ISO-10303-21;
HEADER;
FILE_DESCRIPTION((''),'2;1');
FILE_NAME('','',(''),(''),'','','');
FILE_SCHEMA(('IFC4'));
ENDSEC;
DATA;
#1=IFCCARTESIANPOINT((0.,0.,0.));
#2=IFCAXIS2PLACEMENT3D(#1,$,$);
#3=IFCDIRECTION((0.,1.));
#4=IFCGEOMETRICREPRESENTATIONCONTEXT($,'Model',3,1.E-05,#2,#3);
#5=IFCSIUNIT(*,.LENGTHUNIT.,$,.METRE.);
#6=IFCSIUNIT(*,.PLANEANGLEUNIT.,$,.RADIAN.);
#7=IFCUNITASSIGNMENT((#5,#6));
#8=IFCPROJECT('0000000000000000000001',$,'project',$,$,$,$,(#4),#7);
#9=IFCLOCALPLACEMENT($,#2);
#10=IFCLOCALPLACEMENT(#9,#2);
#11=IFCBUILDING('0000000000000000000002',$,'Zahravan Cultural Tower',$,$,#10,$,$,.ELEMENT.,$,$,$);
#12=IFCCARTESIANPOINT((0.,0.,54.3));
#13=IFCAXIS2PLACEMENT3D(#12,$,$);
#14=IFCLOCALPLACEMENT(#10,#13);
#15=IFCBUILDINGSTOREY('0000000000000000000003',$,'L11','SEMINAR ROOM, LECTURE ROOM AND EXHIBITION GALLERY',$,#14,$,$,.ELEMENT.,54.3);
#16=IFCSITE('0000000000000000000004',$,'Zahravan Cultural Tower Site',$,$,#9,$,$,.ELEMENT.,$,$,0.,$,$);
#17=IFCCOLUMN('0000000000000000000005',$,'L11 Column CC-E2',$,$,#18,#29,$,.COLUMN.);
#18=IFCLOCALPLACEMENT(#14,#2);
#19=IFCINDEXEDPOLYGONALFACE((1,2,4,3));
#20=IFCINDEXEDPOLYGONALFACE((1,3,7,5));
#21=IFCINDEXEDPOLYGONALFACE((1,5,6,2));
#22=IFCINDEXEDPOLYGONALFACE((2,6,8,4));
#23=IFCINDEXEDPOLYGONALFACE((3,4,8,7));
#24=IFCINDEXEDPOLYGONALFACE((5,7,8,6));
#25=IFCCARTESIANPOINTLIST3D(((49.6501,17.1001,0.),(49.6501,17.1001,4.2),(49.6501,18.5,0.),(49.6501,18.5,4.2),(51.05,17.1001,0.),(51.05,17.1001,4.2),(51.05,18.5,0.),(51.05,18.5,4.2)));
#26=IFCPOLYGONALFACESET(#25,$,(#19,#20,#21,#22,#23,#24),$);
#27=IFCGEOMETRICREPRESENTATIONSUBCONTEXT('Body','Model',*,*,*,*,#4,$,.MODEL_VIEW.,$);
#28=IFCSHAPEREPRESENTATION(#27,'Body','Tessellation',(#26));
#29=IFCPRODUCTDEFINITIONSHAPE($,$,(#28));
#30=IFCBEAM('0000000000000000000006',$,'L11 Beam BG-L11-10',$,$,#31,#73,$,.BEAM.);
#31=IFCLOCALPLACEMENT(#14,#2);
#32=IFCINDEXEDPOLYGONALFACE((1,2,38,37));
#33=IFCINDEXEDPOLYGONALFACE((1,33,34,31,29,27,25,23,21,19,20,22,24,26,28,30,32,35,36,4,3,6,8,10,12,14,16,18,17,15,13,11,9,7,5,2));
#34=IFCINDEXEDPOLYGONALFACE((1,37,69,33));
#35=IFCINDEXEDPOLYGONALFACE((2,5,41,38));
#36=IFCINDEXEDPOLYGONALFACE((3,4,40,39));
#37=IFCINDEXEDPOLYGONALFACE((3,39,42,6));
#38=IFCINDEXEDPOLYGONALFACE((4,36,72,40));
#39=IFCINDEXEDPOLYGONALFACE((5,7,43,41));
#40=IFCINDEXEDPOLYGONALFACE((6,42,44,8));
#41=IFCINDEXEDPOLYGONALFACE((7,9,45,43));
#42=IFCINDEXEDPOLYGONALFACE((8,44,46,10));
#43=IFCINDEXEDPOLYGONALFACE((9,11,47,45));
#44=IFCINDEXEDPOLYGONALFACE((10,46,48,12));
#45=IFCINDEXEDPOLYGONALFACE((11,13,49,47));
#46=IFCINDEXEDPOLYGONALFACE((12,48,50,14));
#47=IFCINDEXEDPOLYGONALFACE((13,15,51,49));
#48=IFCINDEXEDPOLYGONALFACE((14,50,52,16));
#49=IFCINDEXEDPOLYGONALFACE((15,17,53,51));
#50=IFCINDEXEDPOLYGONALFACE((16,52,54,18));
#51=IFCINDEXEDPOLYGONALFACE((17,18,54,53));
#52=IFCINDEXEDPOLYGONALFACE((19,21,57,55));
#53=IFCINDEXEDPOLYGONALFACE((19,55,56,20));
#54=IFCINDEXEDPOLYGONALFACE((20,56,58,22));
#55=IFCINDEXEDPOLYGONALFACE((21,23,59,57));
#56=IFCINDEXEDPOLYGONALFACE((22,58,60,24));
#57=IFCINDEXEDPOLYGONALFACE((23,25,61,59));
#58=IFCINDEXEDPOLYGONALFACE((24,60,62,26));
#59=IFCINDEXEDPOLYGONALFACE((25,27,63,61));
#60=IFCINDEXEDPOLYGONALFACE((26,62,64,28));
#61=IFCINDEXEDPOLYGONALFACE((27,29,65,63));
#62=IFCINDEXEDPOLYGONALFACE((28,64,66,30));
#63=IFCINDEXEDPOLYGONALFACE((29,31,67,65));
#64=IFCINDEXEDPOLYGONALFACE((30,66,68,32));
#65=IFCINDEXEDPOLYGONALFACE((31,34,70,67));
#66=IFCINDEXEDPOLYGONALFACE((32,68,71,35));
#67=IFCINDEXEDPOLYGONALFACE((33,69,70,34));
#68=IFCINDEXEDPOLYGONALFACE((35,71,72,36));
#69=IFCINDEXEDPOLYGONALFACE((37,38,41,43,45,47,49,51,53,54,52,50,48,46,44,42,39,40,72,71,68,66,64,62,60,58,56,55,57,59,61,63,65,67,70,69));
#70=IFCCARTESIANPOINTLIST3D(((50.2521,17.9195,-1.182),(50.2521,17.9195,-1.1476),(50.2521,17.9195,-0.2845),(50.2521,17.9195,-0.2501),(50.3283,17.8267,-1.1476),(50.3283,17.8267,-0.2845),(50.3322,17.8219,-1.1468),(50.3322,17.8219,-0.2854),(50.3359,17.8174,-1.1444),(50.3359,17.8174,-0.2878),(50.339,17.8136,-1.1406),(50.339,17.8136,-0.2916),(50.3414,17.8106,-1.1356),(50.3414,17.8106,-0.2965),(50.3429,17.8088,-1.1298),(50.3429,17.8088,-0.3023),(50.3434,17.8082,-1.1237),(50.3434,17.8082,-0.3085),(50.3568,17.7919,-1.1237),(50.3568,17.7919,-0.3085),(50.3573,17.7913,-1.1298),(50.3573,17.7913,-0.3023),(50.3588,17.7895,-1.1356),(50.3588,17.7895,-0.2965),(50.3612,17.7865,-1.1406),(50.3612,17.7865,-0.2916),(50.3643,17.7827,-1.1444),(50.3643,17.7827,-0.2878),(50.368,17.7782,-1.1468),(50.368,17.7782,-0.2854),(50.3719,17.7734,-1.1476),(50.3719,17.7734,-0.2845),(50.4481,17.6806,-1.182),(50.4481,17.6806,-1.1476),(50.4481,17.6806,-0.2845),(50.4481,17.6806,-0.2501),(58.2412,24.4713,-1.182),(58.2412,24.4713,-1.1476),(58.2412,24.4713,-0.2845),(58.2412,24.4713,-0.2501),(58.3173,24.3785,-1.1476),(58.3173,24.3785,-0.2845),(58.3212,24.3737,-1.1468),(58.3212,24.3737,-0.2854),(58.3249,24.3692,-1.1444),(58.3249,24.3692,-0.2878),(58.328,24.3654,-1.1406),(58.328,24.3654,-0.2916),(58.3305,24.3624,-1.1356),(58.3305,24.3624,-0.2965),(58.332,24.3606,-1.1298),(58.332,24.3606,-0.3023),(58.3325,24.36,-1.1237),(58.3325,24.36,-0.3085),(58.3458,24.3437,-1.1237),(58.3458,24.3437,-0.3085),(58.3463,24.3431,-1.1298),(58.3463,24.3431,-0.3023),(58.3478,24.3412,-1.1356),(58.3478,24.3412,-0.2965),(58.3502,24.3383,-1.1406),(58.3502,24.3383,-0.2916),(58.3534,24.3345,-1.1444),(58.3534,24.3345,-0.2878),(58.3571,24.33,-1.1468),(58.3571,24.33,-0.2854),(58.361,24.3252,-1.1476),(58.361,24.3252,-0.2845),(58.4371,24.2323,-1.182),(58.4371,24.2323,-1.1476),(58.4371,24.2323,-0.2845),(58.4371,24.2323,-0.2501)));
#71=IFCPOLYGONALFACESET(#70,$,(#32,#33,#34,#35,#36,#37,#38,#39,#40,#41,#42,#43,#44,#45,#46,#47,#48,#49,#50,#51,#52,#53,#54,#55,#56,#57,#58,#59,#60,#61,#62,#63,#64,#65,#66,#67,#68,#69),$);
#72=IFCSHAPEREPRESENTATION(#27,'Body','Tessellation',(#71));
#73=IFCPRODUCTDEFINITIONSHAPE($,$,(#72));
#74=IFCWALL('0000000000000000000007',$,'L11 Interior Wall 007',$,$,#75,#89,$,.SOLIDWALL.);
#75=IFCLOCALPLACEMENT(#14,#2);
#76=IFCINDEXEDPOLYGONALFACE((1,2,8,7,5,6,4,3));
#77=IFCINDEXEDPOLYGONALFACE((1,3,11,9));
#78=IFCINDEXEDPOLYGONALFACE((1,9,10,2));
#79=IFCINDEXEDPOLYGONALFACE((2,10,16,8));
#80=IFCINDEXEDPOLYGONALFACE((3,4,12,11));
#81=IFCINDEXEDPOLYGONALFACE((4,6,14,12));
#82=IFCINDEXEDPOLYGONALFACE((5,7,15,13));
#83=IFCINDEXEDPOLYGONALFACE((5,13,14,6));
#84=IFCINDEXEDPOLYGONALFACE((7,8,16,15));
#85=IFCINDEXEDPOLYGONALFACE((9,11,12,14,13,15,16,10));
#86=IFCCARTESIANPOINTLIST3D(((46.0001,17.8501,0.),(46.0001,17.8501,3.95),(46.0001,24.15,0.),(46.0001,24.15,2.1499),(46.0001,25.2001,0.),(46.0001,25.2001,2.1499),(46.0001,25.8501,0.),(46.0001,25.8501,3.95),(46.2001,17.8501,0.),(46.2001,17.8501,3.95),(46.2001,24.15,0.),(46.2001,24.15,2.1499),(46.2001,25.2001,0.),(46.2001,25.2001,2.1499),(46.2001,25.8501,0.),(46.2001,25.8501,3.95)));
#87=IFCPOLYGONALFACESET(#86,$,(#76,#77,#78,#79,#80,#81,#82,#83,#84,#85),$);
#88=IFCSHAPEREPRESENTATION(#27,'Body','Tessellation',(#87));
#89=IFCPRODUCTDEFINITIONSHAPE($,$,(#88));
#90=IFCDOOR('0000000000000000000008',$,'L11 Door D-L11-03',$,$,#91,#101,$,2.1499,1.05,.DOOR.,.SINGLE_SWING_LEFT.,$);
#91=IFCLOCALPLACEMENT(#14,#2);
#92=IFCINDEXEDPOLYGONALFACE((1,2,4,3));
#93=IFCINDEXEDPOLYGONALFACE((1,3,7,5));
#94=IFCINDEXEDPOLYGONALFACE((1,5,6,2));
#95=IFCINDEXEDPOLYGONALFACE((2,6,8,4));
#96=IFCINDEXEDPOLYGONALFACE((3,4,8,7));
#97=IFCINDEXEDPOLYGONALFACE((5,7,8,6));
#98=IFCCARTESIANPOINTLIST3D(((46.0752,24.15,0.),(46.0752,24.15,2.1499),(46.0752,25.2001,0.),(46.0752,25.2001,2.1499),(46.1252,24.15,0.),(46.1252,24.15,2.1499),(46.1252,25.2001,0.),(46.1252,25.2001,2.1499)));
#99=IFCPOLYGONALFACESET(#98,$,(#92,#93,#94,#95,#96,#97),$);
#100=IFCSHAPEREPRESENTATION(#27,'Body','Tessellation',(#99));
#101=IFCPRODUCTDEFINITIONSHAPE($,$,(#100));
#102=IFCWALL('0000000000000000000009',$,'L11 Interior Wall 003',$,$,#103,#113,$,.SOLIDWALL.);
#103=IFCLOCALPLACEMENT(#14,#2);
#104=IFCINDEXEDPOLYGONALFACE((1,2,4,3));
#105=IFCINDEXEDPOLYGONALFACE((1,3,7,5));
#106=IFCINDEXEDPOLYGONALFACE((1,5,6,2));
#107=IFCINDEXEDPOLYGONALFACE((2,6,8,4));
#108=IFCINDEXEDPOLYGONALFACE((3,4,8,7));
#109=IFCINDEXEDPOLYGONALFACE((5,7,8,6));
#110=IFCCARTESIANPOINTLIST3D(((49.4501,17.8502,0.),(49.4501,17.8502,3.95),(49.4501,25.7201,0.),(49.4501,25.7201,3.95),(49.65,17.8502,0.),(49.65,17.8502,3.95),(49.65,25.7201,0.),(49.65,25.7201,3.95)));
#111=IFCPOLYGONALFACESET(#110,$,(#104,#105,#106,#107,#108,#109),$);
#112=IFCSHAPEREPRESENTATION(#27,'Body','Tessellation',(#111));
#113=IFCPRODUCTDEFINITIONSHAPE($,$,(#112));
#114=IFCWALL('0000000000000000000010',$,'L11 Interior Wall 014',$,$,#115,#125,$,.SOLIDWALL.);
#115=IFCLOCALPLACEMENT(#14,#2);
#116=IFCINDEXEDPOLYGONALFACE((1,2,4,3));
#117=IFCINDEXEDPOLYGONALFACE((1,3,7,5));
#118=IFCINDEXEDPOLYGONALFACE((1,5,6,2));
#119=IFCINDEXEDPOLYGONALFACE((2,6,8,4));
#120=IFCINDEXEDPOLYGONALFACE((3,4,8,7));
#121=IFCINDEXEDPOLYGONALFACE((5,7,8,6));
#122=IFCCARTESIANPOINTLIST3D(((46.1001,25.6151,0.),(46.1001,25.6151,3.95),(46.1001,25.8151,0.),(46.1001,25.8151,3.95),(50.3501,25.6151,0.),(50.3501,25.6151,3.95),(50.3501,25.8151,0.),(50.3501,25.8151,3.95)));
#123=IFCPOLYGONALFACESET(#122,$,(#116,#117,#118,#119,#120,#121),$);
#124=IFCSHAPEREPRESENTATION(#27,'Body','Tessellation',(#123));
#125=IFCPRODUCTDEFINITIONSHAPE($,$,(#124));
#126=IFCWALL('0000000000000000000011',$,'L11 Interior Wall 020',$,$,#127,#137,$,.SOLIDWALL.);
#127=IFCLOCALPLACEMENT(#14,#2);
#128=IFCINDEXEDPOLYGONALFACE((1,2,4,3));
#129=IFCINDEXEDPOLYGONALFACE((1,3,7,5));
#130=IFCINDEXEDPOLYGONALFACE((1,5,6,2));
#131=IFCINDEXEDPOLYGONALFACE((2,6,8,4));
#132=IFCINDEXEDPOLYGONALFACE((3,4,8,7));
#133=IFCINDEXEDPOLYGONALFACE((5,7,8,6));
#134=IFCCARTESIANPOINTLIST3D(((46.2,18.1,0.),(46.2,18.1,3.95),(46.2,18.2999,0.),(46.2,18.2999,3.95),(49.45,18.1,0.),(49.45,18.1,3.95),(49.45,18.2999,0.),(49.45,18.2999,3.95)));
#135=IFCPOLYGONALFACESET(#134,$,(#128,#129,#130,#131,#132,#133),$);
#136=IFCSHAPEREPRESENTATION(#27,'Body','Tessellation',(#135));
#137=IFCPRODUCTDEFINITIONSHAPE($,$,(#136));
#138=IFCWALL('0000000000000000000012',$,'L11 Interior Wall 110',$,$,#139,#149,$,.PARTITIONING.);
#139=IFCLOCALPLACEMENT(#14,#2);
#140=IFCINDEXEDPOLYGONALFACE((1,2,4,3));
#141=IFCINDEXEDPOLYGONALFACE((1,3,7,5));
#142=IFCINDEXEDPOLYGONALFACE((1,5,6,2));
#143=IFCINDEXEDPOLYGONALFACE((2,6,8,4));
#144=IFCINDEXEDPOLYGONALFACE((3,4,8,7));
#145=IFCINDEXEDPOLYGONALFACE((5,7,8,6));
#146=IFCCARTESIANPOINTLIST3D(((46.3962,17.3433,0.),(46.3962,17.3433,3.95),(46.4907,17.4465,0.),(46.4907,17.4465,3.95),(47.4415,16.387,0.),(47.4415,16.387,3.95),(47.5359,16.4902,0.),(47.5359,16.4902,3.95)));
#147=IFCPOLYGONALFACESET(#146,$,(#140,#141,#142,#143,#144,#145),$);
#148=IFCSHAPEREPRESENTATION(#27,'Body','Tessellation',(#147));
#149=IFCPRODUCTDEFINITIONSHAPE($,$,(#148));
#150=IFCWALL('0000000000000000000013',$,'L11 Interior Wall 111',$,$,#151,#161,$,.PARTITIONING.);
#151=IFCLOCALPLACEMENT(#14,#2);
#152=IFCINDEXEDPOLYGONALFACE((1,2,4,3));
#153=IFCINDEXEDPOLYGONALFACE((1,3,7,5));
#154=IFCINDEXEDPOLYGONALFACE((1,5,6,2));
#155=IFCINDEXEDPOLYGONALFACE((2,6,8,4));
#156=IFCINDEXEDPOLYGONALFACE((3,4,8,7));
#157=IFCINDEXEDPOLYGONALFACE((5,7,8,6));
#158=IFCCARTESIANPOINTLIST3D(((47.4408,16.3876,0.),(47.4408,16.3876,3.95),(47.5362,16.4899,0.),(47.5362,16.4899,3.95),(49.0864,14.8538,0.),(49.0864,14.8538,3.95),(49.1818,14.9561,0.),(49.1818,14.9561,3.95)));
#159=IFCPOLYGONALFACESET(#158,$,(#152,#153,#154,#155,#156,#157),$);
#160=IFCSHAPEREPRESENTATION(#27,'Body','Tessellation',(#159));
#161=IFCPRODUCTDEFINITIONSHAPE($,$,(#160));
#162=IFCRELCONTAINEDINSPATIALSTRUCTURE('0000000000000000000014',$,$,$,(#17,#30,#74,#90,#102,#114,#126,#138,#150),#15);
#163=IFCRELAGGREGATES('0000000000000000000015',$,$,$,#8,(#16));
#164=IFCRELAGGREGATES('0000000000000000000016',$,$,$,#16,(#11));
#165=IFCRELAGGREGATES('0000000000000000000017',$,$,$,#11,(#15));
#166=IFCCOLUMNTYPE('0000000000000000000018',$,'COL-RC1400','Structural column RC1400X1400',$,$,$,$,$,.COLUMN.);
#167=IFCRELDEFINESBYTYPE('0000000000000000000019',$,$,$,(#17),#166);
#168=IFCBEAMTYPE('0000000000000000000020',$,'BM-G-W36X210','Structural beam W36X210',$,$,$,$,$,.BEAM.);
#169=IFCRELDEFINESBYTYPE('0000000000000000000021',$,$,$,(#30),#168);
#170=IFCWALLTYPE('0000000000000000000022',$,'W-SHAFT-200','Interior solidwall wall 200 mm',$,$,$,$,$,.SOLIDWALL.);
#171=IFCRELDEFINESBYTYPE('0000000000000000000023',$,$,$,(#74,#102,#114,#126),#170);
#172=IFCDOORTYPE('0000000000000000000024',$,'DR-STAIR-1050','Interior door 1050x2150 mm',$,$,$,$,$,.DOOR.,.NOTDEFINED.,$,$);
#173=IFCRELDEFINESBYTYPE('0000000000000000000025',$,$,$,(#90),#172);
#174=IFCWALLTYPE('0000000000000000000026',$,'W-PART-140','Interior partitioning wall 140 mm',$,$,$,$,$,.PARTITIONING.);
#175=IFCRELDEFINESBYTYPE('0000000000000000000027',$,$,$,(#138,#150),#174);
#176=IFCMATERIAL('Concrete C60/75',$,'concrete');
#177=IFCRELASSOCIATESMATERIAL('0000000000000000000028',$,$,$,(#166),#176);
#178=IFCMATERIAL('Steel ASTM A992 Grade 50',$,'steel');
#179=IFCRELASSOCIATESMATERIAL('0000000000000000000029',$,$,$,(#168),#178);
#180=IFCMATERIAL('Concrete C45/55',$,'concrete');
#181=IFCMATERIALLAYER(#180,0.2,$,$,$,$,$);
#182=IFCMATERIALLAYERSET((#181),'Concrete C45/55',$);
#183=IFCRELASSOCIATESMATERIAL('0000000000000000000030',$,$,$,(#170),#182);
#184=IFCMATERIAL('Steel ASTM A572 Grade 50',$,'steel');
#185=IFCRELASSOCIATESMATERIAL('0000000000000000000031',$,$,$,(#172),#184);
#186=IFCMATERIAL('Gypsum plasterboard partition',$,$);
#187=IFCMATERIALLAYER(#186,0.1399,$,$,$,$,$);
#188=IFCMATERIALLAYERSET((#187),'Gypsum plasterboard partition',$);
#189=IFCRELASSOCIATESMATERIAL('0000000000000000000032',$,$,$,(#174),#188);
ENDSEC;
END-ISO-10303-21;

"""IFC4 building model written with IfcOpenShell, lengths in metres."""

from ifc_helpers import new_model, si_unit, direction, frame, frame_2d, origin, origin_2d, place, context, subcontext, project, spatial, rectangle, i_section, extrude, source, transform, mapped, material, layer, layer_set, material_profile, profile_set, type_object, element, fill, save


model = new_model("IFC4")

# Units and contexts
model_context = context("Model", 3, precision=1e-05, world=origin(), true_north=direction((0.0, 1.0)))
body_context = subcontext(model_context, "Body", "Model", "MODEL_VIEW")
ifc_project = project(units=[si_unit("LENGTHUNIT", "METRE"), si_unit("PLANEANGLEUNIT", "RADIAN")], contexts=[model_context])

# Site, building, storey
site_placement = place(None, origin())
site = spatial("IfcSite", under=ifc_project, at=site_placement, Name="Zahravan Cultural Tower Site", CompositionType="ELEMENT", RefElevation=0.0)
building_placement = place(site_placement, origin())
building = spatial("IfcBuilding", under=site, at=building_placement, Name="Zahravan Cultural Tower", CompositionType="ELEMENT")
storey_placement = place(building_placement, frame((0.0, 0.0, 54.3)))
storey = spatial("IfcBuildingStorey", under=building, at=storey_placement, Name="L11", Description="SEMINAR ROOM, LECTURE ROOM AND EXHIBITION GALLERY", CompositionType="ELEMENT", Elevation=54.3)

# Column
ifc_material_1 = material(Name="Concrete C60/75", Category="concrete")
ifc_material_profile_1 = material_profile(ifc_material_1, rectangle(XDim=1.3999, YDim=1.3999, at=origin_2d()), Name="RC1400X1400")
ifc_profile_set_1 = profile_set([ifc_material_profile_1], Name="Concrete C60/75")
column_type = type_object("IfcColumnType", Name="COL-RC1400", Description="Structural column RC1400X1400", PredefinedType="COLUMN", material=ifc_profile_set_1)
shared_shape_1 = source(origin(), body_context, "Body", "SweptSolid", [
    extrude(rectangle(XDim=1.3999, YDim=1.3999, at=origin_2d()), origin(), (0.0, 0.0, 1.0), 4.2),
])
column_placement = place(storey_placement, frame((50.3501, 17.8, 0.0), z_axis=(0.0, 0.0, 1.0), x_axis=(1.0, 0.0, 0.0)))
element("IfcColumn", 1, at=column_placement, inside=storey, type_object=column_type, Name="L11 Column CC-E2", PredefinedType="COLUMN", context=body_context, shape_type="MappedRepresentation", body=[
    mapped(shared_shape_1, transform((0.0, 0.0, 0.0), x_axis=(1.0, 0.0, 0.0), y_axis=(0.0, 1.0, 0.0), z_axis=(0.0, 0.0, 1.0), scale=1.0)),
])

# Beam
ifc_material_2 = material(Name="Steel ASTM A992 Grade 50", Category="steel")
ifc_material_profile_2 = material_profile(ifc_material_2, i_section(OverallWidth=0.3091, OverallDepth=0.9319, WebThickness=0.021, FlangeThickness=0.0344, FilletRadius=0.0239, at=origin_2d()), Name="W36X210")
ifc_profile_set_2 = profile_set([ifc_material_profile_2], Name="Steel ASTM A992 Grade 50")
beam_type = type_object("IfcBeamType", Name="BM-G-W36X210", Description="Structural beam W36X210", PredefinedType="BEAM", material=ifc_profile_set_2)
shared_shape_2 = source(origin(), body_context, "Body", "SweptSolid", [
    extrude(i_section(OverallWidth=0.3091, OverallDepth=0.9319, WebThickness=0.021, FlangeThickness=0.0344, FilletRadius=0.0239, at=origin_2d()), origin(), (0.0, 0.0, 1.0), 10.332),
])
beam_placement = place(storey_placement, frame((50.3501, 17.8, -0.7161), z_axis=(0.773231, 0.634124, 0.0), x_axis=(-0.634124, 0.773231, 0.0)))
element("IfcBeam", 2, at=beam_placement, inside=storey, type_object=beam_type, Name="L11 Beam BG-L11-10", PredefinedType="BEAM", context=body_context, shape_type="MappedRepresentation", body=[
    mapped(shared_shape_2, transform((0.0, 0.0, 0.0), x_axis=(1.0, 0.0, 0.0), y_axis=(0.0, 1.0, 0.0), z_axis=(0.0, 0.0, 1.0), scale=1.0)),
])

# Wall, opening, door
shared_shape_3 = source(origin(), body_context, "Body", "SweptSolid", [
    extrude(rectangle(XDim=1.05, YDim=2.1499, at=frame_2d((0.5249, 1.075))), frame((0.0, 0.0249, 0.0), z_axis=(0.0, -1.0, 0.0), x_axis=(1.0, 0.0, 0.0)), (0.0, 0.0, 1.0), 0.05),
])
ifc_material_3 = material(Name="Concrete C45/55", Category="concrete")
ifc_layer_1 = layer(ifc_material_3, 0.2)
ifc_layer_set_1 = layer_set([ifc_layer_1], Name="Concrete C45/55")
wall_type_1 = type_object("IfcWallType", Name="W-SHAFT-200", Description="Interior solidwall wall 200 mm", PredefinedType="SOLIDWALL", material=ifc_layer_set_1)
wall_1_placement = place(storey_placement, frame((46.1001, 17.8501, 0.0), z_axis=(0.0, 0.0, 1.0), x_axis=(0.0, 1.0, 0.0)))
wall_1 = element("IfcWall", 3, at=wall_1_placement, inside=storey, type_object=wall_type_1, Name="L11 Interior Wall 007", PredefinedType="SOLIDWALL", context=body_context, shape_type="SweptSolid", body=[
    extrude(rectangle(XDim=8.0, YDim=0.2, at=frame_2d((4.0, 0.0))), origin(), (0.0, 0.0, 1.0), 3.95),
])
opening_1_placement = place(wall_1_placement, frame((6.3, 0.0, 0.0)))
opening_1 = element("IfcOpeningElement", 4, at=opening_1_placement, cuts=wall_1, PredefinedType="OPENING", context=body_context, shape_type="SweptSolid", body=[
    extrude(rectangle(XDim=1.05, YDim=2.1499, at=frame_2d((0.5249, 1.075))), frame((0.0, 0.1099, 0.0), z_axis=(0.0, -1.0, 0.0), x_axis=(1.0, 0.0, 0.0)), (0.0, 0.0, 1.0), 0.22),
])
ifc_material_4 = material(Name="Steel ASTM A572 Grade 50", Category="steel")
door_type_1 = type_object("IfcDoorType", Name="DR-STAIR-1050", Description="Interior door 1050x2150 mm", OperationType="NOTDEFINED", PredefinedType="DOOR", material=ifc_material_4)
door_1_placement = place(opening_1_placement, origin())
door_1 = element("IfcDoor", 5, at=door_1_placement, inside=storey, type_object=door_type_1, Name="L11 Door D-L11-03", OperationType="SINGLE_SWING_LEFT", OverallHeight=2.1499, OverallWidth=1.05, PredefinedType="DOOR", context=body_context, shape_type="MappedRepresentation", body=[
    mapped(shared_shape_3, transform((0.0, 0.0, 0.0), x_axis=(1.0, 0.0, 0.0), y_axis=(0.0, 1.0, 0.0), z_axis=(0.0, 0.0, 1.0), scale=1.0)),
])
fill(opening_1, door_1)

# Walls
shared_shape_4 = source(origin(), body_context, "Body", "SweptSolid", [
    extrude(rectangle(XDim=7.8699, YDim=0.2, at=frame_2d((3.9351, 0.0))), origin(), (0.0, 0.0, 1.0), 3.95),
])
wall_2_placement = place(storey_placement, frame((49.55, 17.8501, 0.0), z_axis=(0.0, 0.0, 1.0), x_axis=(0.0, 1.0, 0.0)))
element("IfcWall", 6, at=wall_2_placement, inside=storey, type_object=wall_type_1, Name="L11 Interior Wall 003", PredefinedType="SOLIDWALL", context=body_context, shape_type="MappedRepresentation", body=[
    mapped(shared_shape_4, transform((0.0, 0.0, 0.0), x_axis=(1.0, 0.0, 0.0), y_axis=(0.0, 1.0, 0.0), z_axis=(0.0, 0.0, 1.0), scale=1.0)),
])
shared_shape_5 = source(origin(), body_context, "Body", "SweptSolid", [
    extrude(rectangle(XDim=4.25, YDim=0.2, at=frame_2d((2.125, 0.0))), origin(), (0.0, 0.0, 1.0), 3.95),
])
wall_3_placement = place(storey_placement, frame((46.1001, 25.7151, 0.0), z_axis=(0.0, 0.0, 1.0), x_axis=(1.0, 0.0, 0.0)))
element("IfcWall", 7, at=wall_3_placement, inside=storey, type_object=wall_type_1, Name="L11 Interior Wall 014", PredefinedType="SOLIDWALL", context=body_context, shape_type="MappedRepresentation", body=[
    mapped(shared_shape_5, transform((0.0, 0.0, 0.0), x_axis=(1.0, 0.0, 0.0), y_axis=(0.0, 1.0, 0.0), z_axis=(0.0, 0.0, 1.0), scale=1.0)),
])
shared_shape_6 = source(origin(), body_context, "Body", "SweptSolid", [
    extrude(rectangle(XDim=3.25, YDim=0.2, at=frame_2d((1.625, 0.0))), origin(), (0.0, 0.0, 1.0), 3.95),
])
wall_4_placement = place(storey_placement, frame((46.2, 18.2, 0.0), z_axis=(0.0, 0.0, 1.0), x_axis=(1.0, 0.0, 0.0)))
element("IfcWall", 8, at=wall_4_placement, inside=storey, type_object=wall_type_1, Name="L11 Interior Wall 020", PredefinedType="SOLIDWALL", context=body_context, shape_type="MappedRepresentation", body=[
    mapped(shared_shape_6, transform((0.0, 0.0, 0.0), x_axis=(1.0, 0.0, 0.0), y_axis=(0.0, 1.0, 0.0), z_axis=(0.0, 0.0, 1.0), scale=1.0)),
])
ifc_material_5 = material(Name="Gypsum plasterboard partition")
ifc_layer_2 = layer(ifc_material_5, 0.1399)
ifc_layer_set_2 = layer_set([ifc_layer_2], Name="Gypsum plasterboard partition")
wall_type_2 = type_object("IfcWallType", Name="W-PART-140", Description="Interior partitioning wall 140 mm", PredefinedType="PARTITIONING", material=ifc_layer_set_2)
shared_shape_7 = source(origin(), body_context, "Body", "SweptSolid", [
    extrude(rectangle(XDim=1.4167, YDim=0.1399, at=frame_2d((0.7085, 0.0))), origin(), (0.0, 0.0, 1.0), 3.95),
])
wall_5_placement = place(storey_placement, frame((46.4434, 17.395, 0.0), z_axis=(0.0, 0.0, 1.0), x_axis=(0.737776, -0.675045, 0.0)))
element("IfcWall", 9, at=wall_5_placement, inside=storey, type_object=wall_type_2, Name="L11 Interior Wall 110", PredefinedType="PARTITIONING", context=body_context, shape_type="MappedRepresentation", body=[
    mapped(shared_shape_7, transform((0.0, 0.0, 0.0), x_axis=(1.0, 0.0, 0.0), y_axis=(0.0, 1.0, 0.0), z_axis=(0.0, 0.0, 1.0), scale=1.0)),
])
shared_shape_8 = source(origin(), body_context, "Body", "SweptSolid", [
    extrude(rectangle(XDim=2.2495, YDim=0.1399, at=frame_2d((1.1248, 0.0))), origin(), (0.0, 0.0, 1.0), 3.95),
])
wall_6_placement = place(storey_placement, frame((47.4885, 16.4387, 0.0), z_axis=(0.0, 0.0, 1.0), x_axis=(0.731524, -0.681815, 0.0)))
element("IfcWall", 10, at=wall_6_placement, inside=storey, type_object=wall_type_2, Name="L11 Interior Wall 111", PredefinedType="PARTITIONING", context=body_context, shape_type="MappedRepresentation", body=[
    mapped(shared_shape_8, transform((0.0, 0.0, 0.0), x_axis=(1.0, 0.0, 0.0), y_axis=(0.0, 1.0, 0.0), z_axis=(0.0, 0.0, 1.0), scale=1.0)),
])

save(model, "model.ifc")
